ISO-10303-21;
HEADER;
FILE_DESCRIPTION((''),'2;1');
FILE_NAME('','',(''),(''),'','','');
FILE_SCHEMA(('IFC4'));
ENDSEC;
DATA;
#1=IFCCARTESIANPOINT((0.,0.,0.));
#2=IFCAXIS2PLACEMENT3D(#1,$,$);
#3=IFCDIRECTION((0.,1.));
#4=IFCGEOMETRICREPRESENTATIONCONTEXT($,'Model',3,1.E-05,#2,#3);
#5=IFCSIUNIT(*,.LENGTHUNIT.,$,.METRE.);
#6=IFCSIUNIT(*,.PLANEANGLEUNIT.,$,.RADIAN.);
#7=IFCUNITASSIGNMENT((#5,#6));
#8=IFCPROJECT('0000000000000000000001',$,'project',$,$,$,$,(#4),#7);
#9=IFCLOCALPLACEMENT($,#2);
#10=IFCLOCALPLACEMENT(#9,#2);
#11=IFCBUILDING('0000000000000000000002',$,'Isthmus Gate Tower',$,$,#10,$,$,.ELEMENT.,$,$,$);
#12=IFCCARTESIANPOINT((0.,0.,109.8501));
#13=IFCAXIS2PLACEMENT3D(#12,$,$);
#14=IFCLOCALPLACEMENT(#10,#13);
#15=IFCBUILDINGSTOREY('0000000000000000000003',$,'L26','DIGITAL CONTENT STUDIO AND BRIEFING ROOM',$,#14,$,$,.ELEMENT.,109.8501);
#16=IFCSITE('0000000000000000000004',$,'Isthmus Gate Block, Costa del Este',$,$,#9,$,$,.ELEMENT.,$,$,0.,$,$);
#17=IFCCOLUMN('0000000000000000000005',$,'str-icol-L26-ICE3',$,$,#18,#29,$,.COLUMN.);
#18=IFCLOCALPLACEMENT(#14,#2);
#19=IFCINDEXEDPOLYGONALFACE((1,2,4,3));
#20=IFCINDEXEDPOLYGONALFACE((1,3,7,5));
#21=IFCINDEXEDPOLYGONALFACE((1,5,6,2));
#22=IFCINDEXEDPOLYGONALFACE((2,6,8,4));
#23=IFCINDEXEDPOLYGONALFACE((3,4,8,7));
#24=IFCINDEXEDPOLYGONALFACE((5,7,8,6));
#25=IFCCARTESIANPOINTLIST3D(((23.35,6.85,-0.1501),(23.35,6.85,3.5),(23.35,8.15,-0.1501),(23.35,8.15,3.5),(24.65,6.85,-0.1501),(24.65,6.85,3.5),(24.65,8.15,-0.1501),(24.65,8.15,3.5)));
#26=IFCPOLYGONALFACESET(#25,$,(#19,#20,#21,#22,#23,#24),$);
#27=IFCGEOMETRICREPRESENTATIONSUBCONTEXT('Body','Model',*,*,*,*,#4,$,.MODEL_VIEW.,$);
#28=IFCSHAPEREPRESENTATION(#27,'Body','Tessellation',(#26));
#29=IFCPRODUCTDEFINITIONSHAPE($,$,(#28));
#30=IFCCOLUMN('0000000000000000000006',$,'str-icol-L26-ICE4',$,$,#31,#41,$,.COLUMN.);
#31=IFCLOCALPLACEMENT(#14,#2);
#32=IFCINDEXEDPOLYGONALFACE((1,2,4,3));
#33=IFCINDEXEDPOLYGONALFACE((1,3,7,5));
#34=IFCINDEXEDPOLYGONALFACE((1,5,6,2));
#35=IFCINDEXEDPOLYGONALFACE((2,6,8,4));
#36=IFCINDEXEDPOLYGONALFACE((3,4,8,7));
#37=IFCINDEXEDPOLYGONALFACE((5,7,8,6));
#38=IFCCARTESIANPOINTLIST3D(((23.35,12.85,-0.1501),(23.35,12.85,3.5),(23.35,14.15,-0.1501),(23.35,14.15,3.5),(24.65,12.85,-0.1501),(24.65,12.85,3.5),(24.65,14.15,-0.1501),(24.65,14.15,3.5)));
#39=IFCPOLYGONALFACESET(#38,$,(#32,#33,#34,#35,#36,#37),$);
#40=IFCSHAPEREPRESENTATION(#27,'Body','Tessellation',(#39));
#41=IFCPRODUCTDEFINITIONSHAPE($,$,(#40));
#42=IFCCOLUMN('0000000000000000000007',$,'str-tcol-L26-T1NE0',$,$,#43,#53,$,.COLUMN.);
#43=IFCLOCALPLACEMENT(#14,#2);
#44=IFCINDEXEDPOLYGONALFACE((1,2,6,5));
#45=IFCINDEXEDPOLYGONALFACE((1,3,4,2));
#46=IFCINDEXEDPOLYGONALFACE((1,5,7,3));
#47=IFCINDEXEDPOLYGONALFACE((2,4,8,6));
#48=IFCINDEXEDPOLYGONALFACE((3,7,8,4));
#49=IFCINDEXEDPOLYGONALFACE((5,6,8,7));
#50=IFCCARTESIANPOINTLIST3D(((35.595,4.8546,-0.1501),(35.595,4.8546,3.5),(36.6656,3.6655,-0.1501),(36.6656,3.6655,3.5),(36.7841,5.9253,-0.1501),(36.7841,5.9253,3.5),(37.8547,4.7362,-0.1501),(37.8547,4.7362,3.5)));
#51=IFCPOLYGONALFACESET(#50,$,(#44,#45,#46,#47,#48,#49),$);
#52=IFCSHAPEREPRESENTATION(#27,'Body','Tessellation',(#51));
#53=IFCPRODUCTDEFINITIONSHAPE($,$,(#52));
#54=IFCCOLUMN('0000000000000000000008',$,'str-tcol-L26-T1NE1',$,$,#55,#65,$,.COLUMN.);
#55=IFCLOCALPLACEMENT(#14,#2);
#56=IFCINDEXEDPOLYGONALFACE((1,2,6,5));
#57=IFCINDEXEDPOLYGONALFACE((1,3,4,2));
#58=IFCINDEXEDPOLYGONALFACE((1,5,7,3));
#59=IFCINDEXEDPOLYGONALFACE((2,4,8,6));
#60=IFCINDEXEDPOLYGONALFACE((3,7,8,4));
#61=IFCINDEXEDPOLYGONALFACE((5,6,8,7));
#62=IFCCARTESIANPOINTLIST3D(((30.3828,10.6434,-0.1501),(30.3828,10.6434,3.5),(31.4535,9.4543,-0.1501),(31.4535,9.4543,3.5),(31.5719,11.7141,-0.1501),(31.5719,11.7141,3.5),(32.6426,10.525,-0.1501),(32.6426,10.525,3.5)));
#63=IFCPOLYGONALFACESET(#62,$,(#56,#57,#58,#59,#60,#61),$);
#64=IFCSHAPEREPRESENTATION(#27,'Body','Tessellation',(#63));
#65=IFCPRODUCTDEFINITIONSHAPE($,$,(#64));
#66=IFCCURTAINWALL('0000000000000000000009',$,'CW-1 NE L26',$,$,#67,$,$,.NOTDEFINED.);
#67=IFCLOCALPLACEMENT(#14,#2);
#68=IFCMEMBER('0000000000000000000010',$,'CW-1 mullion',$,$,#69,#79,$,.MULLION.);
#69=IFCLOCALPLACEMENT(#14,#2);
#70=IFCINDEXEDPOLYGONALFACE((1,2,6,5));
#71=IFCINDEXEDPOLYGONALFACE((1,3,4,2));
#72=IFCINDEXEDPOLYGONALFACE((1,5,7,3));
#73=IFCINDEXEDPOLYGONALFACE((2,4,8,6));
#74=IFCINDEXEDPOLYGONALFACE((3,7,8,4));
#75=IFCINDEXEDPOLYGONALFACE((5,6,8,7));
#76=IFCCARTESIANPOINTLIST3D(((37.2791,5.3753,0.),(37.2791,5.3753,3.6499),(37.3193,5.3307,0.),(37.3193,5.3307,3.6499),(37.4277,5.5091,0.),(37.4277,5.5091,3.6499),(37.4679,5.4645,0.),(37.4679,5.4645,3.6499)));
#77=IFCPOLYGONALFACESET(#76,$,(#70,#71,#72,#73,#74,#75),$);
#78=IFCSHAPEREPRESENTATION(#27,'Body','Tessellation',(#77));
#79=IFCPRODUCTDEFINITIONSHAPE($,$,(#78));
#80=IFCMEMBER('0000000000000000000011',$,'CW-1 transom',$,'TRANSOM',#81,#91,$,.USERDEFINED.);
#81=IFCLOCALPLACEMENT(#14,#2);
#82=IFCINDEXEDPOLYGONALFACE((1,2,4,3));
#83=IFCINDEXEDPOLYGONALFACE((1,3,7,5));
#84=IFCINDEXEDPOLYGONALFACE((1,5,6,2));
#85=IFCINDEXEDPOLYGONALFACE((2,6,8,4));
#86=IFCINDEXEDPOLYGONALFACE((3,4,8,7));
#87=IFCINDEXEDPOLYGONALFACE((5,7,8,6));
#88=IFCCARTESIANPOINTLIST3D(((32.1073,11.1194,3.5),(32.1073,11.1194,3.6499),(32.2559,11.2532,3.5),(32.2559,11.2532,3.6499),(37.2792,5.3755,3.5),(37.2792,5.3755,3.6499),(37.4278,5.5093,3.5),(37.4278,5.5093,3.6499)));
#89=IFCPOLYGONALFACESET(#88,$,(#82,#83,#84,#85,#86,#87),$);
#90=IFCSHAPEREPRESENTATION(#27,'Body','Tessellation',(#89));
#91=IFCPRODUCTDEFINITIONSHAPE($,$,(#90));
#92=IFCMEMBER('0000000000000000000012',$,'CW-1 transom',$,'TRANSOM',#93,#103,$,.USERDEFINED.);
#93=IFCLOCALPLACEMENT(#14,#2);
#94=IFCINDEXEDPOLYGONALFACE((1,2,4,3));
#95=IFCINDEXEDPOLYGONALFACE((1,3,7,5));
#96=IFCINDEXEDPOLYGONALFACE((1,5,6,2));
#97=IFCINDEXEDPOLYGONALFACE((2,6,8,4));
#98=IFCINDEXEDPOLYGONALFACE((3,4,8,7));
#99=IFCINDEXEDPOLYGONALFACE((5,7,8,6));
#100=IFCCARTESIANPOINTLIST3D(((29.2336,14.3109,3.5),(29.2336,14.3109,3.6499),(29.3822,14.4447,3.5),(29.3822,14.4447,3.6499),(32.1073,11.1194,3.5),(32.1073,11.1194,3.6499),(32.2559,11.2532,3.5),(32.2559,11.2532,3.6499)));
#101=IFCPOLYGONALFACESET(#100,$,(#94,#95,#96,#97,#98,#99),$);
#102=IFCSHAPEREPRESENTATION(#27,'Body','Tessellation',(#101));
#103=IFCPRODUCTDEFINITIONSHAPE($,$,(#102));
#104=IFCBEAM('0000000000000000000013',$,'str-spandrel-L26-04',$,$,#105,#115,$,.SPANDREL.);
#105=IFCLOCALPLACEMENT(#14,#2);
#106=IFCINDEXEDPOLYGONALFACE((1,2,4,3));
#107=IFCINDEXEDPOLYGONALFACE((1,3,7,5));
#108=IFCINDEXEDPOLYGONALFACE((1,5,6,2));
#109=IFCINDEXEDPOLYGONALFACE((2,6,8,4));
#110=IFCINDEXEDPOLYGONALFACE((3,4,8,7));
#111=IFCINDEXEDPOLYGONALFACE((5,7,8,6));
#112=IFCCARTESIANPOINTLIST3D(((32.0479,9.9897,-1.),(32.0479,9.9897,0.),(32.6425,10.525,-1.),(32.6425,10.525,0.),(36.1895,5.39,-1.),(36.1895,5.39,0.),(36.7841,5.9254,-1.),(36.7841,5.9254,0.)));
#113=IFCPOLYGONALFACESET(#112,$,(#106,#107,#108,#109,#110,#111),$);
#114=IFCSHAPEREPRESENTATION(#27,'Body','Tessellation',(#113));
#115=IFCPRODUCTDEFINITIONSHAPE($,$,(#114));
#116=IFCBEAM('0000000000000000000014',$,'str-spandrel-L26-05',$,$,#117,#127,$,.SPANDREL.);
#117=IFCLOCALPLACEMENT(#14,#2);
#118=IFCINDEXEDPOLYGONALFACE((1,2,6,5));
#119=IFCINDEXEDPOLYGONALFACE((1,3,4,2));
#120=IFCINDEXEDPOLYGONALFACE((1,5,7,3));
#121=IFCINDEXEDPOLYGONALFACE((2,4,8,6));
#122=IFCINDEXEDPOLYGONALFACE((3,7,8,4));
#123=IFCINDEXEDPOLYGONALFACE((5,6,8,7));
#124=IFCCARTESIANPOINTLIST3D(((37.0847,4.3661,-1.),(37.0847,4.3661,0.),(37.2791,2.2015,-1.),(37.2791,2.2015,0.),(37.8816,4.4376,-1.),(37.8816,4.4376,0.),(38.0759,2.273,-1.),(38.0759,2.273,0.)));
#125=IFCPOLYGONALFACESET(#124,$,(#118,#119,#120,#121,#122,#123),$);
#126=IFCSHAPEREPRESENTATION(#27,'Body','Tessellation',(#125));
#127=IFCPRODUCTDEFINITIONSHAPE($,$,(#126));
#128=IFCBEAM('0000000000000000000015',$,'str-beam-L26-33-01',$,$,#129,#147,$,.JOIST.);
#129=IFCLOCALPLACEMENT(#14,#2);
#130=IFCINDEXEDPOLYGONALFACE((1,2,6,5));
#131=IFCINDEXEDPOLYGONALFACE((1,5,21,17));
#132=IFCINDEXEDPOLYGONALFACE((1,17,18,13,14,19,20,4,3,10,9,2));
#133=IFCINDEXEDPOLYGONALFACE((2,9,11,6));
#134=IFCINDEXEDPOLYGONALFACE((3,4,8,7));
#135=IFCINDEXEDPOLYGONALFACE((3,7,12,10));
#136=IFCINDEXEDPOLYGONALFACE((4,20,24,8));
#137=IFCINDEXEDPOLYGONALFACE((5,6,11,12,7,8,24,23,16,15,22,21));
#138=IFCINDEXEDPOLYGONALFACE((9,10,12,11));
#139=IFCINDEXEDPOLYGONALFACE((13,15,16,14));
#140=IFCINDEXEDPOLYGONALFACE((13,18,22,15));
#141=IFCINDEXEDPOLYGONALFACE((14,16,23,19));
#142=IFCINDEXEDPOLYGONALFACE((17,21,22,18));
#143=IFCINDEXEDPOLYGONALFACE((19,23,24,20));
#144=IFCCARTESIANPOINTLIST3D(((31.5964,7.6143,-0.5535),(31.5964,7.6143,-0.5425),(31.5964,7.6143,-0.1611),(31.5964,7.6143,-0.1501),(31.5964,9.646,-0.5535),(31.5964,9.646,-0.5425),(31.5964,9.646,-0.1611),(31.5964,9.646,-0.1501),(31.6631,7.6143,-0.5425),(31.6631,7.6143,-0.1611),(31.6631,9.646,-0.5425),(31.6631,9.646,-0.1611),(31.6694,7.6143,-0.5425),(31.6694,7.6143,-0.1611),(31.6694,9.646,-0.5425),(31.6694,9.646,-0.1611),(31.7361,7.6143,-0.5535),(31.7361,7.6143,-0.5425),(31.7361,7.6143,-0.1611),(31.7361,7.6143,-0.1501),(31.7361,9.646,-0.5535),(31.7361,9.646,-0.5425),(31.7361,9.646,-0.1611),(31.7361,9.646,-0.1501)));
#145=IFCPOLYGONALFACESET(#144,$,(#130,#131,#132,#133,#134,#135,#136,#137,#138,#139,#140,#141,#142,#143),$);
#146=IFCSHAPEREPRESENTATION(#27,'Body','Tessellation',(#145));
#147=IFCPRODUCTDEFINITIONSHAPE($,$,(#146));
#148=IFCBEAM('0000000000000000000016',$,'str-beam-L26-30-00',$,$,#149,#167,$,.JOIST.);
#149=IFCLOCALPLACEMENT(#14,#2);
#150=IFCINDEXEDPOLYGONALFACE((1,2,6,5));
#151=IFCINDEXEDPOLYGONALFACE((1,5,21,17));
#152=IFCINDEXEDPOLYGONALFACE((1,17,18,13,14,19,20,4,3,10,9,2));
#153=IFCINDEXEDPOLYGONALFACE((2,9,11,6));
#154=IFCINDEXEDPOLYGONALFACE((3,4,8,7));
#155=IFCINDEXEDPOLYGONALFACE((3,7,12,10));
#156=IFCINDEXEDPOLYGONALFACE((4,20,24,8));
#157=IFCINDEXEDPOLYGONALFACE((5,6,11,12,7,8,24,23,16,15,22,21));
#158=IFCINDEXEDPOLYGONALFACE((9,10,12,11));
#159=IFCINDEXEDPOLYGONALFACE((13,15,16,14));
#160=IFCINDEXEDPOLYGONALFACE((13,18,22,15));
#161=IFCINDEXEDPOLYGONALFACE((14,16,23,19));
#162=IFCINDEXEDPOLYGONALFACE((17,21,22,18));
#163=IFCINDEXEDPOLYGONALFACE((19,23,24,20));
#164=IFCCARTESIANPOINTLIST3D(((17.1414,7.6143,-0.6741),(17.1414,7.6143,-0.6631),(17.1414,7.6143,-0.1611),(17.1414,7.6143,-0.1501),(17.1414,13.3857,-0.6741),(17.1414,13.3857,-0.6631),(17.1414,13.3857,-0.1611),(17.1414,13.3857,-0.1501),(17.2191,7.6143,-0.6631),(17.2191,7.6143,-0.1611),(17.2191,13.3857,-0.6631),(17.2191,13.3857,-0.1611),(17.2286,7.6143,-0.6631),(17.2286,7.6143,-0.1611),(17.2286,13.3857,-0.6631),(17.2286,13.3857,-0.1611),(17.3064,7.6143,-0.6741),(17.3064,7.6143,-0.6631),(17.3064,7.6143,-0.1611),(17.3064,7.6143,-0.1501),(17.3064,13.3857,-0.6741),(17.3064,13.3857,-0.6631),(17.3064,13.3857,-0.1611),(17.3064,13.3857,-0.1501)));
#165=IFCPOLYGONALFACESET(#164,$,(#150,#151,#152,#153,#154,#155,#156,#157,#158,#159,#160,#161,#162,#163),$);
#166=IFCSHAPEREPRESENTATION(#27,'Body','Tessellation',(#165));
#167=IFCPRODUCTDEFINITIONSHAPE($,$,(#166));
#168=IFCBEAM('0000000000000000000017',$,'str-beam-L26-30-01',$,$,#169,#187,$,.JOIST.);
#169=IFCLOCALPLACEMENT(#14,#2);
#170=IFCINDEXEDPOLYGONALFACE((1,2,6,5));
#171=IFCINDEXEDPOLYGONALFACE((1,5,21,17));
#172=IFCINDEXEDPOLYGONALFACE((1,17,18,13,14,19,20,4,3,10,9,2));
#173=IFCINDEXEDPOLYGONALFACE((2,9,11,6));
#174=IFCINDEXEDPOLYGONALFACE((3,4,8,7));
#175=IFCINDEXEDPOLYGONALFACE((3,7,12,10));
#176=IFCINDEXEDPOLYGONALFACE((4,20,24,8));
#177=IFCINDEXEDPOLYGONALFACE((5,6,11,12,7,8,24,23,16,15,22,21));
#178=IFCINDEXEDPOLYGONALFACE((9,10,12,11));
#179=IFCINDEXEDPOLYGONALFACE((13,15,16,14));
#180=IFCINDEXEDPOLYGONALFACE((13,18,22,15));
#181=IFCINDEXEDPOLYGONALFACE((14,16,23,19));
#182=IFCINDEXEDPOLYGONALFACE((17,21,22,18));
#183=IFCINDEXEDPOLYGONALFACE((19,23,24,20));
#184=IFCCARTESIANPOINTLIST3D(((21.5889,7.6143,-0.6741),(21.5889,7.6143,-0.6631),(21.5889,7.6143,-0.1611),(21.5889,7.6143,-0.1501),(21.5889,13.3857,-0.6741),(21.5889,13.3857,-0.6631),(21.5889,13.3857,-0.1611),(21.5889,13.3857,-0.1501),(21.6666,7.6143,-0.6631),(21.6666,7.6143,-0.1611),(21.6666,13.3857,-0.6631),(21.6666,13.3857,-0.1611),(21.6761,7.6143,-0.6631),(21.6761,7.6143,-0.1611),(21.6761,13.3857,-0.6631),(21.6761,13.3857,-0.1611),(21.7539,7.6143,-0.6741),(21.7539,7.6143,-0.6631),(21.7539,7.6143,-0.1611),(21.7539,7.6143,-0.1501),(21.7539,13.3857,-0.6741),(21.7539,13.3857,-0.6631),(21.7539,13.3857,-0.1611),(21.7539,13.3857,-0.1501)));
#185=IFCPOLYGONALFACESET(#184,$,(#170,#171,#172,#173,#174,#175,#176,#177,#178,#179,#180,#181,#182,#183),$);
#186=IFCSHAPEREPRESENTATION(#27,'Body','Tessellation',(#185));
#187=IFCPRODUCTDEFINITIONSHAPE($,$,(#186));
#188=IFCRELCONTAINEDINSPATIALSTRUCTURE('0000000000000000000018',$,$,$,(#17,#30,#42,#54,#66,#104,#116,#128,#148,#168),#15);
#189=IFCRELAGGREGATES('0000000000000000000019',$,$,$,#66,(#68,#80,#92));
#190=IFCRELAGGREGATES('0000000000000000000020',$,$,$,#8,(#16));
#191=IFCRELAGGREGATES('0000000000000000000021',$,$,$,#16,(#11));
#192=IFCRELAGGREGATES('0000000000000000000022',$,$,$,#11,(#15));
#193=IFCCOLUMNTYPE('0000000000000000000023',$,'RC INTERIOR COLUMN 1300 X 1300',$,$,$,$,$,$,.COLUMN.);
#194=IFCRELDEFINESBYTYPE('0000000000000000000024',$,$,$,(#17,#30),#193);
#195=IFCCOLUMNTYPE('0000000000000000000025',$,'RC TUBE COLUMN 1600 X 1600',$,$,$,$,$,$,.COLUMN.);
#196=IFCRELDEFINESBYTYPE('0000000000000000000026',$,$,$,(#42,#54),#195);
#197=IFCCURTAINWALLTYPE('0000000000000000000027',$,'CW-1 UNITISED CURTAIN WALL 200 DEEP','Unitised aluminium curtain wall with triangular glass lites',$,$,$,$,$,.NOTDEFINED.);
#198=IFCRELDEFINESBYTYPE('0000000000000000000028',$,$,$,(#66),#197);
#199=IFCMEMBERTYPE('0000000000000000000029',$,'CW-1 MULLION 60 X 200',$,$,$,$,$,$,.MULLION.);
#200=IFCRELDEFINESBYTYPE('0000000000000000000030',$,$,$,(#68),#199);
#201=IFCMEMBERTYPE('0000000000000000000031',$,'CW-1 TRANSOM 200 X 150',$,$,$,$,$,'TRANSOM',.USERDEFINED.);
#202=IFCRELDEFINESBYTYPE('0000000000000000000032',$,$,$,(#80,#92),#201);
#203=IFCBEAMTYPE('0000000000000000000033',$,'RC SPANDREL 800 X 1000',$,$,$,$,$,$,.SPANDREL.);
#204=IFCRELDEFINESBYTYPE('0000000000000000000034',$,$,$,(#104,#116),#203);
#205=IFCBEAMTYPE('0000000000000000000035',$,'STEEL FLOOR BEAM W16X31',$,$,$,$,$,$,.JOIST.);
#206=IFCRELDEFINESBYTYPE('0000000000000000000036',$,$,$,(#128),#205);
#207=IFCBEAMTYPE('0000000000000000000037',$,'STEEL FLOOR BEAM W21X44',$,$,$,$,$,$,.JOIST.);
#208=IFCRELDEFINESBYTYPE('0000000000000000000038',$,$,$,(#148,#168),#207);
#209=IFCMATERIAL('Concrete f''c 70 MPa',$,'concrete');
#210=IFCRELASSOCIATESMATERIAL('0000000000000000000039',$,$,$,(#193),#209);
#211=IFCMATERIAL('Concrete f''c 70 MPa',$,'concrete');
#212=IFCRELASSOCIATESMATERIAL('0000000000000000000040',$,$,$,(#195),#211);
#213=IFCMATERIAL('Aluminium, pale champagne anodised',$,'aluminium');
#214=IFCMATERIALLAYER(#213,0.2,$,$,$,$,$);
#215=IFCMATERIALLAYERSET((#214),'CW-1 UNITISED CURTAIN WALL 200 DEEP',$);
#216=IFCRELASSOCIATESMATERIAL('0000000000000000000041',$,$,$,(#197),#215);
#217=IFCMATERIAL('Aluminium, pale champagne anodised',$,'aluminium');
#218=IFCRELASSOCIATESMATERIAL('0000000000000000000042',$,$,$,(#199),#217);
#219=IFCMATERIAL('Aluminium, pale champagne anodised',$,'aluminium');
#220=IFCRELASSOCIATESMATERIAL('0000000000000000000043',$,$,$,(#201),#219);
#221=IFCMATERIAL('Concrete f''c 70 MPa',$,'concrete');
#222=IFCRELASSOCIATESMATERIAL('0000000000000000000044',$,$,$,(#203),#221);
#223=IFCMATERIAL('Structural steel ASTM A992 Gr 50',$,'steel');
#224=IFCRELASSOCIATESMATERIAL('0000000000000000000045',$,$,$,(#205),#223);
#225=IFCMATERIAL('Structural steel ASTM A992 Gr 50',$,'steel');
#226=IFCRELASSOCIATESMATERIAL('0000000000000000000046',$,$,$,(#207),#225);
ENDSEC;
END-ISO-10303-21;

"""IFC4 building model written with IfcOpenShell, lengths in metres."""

from ifc_helpers import new_model, si_unit, direction, frame, origin, origin_2d, place, context, subcontext, project, spatial, rectangle, i_section, extrude, material, layer, layer_set, material_profile, profile_set, type_object, element, aggregate, save


model = new_model("IFC4")

# Units and contexts
model_context = context("Model", 3, precision=1e-05, world=origin(), true_north=direction((0.0, 1.0)))
body_context = subcontext(model_context, "Body", "Model", "MODEL_VIEW")
ifc_project = project(units=[si_unit("LENGTHUNIT", "METRE"), si_unit("PLANEANGLEUNIT", "RADIAN")], contexts=[model_context])

# Site, building, storey
site_placement = place(None, origin())
site = spatial("IfcSite", under=ifc_project, at=site_placement, Name="Isthmus Gate Block, Costa del Este", CompositionType="ELEMENT", RefElevation=0.0)
building_placement = place(site_placement, origin())
building = spatial("IfcBuilding", under=site, at=building_placement, Name="Isthmus Gate Tower", CompositionType="ELEMENT")
storey_placement = place(building_placement, frame((0.0, 0.0, 109.8501)))
storey = spatial("IfcBuildingStorey", under=building, at=storey_placement, Name="L26", Description="DIGITAL CONTENT STUDIO AND BRIEFING ROOM", CompositionType="ELEMENT", Elevation=109.8501)

# Columns
ifc_material_1 = material(Name="Concrete f'c 70 MPa", Category="concrete")
ifc_material_profile_1 = material_profile(ifc_material_1, rectangle(XDim=1.3, YDim=1.3, at=origin_2d()), Name="RC 1300X1300")
ifc_profile_set_1 = profile_set([ifc_material_profile_1], Name="Concrete f'c 70 MPa")
column_type_1 = type_object("IfcColumnType", Name="RC INTERIOR COLUMN 1300 X 1300", PredefinedType="COLUMN", material=ifc_profile_set_1)
for number, where, z_axis, x_axis, name in (
    (1, (24.0, 7.5, -0.1501), (0.0, 0.0, 1.0), (1.0, 0.0, 0.0), "str-icol-L26-ICE3"),
    (2, (24.0, 13.5, -0.1501), (0.0, 0.0, 1.0), (1.0, 0.0, 0.0), "str-icol-L26-ICE4"),
):
    element("IfcColumn", number, at=place(storey_placement, frame(where, z_axis=z_axis, x_axis=x_axis)), inside=storey, type_object=column_type_1, Name=name, PredefinedType="COLUMN", context=body_context, shape_type="SweptSolid", body=[
        extrude(rectangle(XDim=1.3, YDim=1.3, at=origin_2d()), origin(), (0.0, 0.0, 1.0), 3.6501),
    ])
ifc_material_2 = material(Name="Concrete f'c 70 MPa", Category="concrete")
ifc_material_profile_2 = material_profile(ifc_material_2, rectangle(XDim=1.6001, YDim=1.6001, at=origin_2d()), Name="RC 1600X1600")
ifc_profile_set_2 = profile_set([ifc_material_profile_2], Name="Concrete f'c 70 MPa")
column_type_2 = type_object("IfcColumnType", Name="RC TUBE COLUMN 1600 X 1600", PredefinedType="COLUMN", material=ifc_profile_set_2)
for number, where, z_axis, x_axis, name in (
    (3, (36.7249, 4.7954, -0.1501), (0.0, 0.0, 1.0), (-0.669131, 0.743145, 0.0), "str-tcol-L26-T1NE0"),
    (4, (31.5127, 10.5842, -0.1501), (0.0, 0.0, 1.0), (-0.669131, 0.743145, 0.0), "str-tcol-L26-T1NE1"),
):
    element("IfcColumn", number, at=place(storey_placement, frame(where, z_axis=z_axis, x_axis=x_axis)), inside=storey, type_object=column_type_2, Name=name, PredefinedType="COLUMN", context=body_context, shape_type="SweptSolid", body=[
        extrude(rectangle(XDim=1.6001, YDim=1.6001, at=origin_2d()), origin(), (0.0, 0.0, 1.0), 3.6501),
    ])

# Curtain wall, members
ifc_material_3 = material(Name="Aluminium, pale champagne anodised", Category="aluminium")
ifc_layer_1 = layer(ifc_material_3, 0.2)
ifc_layer_set_1 = layer_set([ifc_layer_1], Name="CW-1 UNITISED CURTAIN WALL 200 DEEP")
curtain_wall_type = type_object("IfcCurtainWallType", Name="CW-1 UNITISED CURTAIN WALL 200 DEEP", Description="Unitised aluminium curtain wall with triangular glass lites", PredefinedType="NOTDEFINED", material=ifc_layer_set_1)
curtain_wall_placement = place(storey_placement, origin())
curtain_wall = element("IfcCurtainWall", 5, at=curtain_wall_placement, inside=storey, type_object=curtain_wall_type, Name="CW-1 NE L26", PredefinedType="NOTDEFINED")
ifc_material_4 = material(Name="Aluminium, pale champagne anodised", Category="aluminium")
ifc_material_profile_3 = material_profile(ifc_material_4, rectangle(XDim=0.0601, YDim=0.2, at=origin_2d()), Name="60x200")
ifc_profile_set_3 = profile_set([ifc_material_profile_3], Name="Aluminium, pale champagne anodised")
member_type_1 = type_object("IfcMemberType", Name="CW-1 MULLION 60 X 200", PredefinedType="MULLION", material=ifc_profile_set_3)
member_1_placement = place(storey_placement, frame((37.3735, 5.4199, 0.0), z_axis=(0.0, 0.0, 1.0), x_axis=(-0.669131, 0.743145, 0.0)))
member_1 = element("IfcMember", 6, at=member_1_placement, type_object=member_type_1, Name="CW-1 mullion", PredefinedType="MULLION", context=body_context, shape_type="SweptSolid", body=[
    extrude(rectangle(XDim=0.0601, YDim=0.2, at=origin_2d()), origin(), (0.0, 0.0, 1.0), 3.6499),
])
ifc_material_5 = material(Name="Aluminium, pale champagne anodised", Category="aluminium")
ifc_material_profile_4 = material_profile(ifc_material_5, rectangle(XDim=0.2, YDim=0.1499, at=origin_2d()), Name="200x150")
ifc_profile_set_4 = profile_set([ifc_material_profile_4], Name="Aluminium, pale champagne anodised")
member_type_2 = type_object("IfcMemberType", Name="CW-1 TRANSOM 200 X 150", ElementType="TRANSOM", PredefinedType="USERDEFINED", material=ifc_profile_set_4)
member_2_placement = place(storey_placement, frame((37.3535, 5.4424, 3.575), z_axis=(-0.669134, 0.743142, 0.0), x_axis=(-0.743142, -0.669134, 0.0)))
member_2 = element("IfcMember", 7, at=member_2_placement, type_object=member_type_2, Name="CW-1 transom", ObjectType="TRANSOM", PredefinedType="USERDEFINED", context=body_context, shape_type="SweptSolid", body=[
    extrude(rectangle(XDim=0.2, YDim=0.1499, at=origin_2d()), origin(), (0.0, 0.0, 1.0), 7.7292),
])
member_3_placement = place(storey_placement, frame((32.1816, 11.1863, 3.575), z_axis=(-0.669131, 0.743144, 0.0), x_axis=(-0.743144, -0.669131, 0.0)))
member_3 = element("IfcMember", 8, at=member_3_placement, type_object=member_type_2, Name="CW-1 transom", ObjectType="TRANSOM", PredefinedType="USERDEFINED", context=body_context, shape_type="SweptSolid", body=[
    extrude(rectangle(XDim=0.2, YDim=0.1499, at=origin_2d()), origin(), (0.0, 0.0, 1.0), 4.2947),
])

# Beams
ifc_material_6 = material(Name="Concrete f'c 70 MPa", Category="concrete")
ifc_material_profile_5 = material_profile(ifc_material_6, rectangle(XDim=0.8, YDim=1.0, at=origin_2d()), Name="RC 800X1000")
ifc_profile_set_5 = profile_set([ifc_material_profile_5], Name="Concrete f'c 70 MPa")
beam_type_1 = type_object("IfcBeamType", Name="RC SPANDREL 800 X 1000", PredefinedType="SPANDREL", material=ifc_profile_set_5)
beam_1_placement = place(storey_placement, frame((32.3452, 10.2573, -0.5), z_axis=(0.669139, -0.743137, 0.0), x_axis=(0.743137, 0.669139, 0.0)))
element("IfcBeam", 9, at=beam_1_placement, inside=storey, type_object=beam_type_1, Name="str-spandrel-L26-04", PredefinedType="SPANDREL", context=body_context, shape_type="SweptSolid", body=[
    extrude(rectangle(XDim=0.8, YDim=1.0, at=origin_2d()), origin(), (0.0, 0.0, 1.0), 6.1895),
])
beam_2_placement = place(storey_placement, frame((37.4832, 4.4019, -0.5), z_axis=(0.089422, -0.995994, 0.0), x_axis=(0.995994, 0.089422, 0.0)))
element("IfcBeam", 10, at=beam_2_placement, inside=storey, type_object=beam_type_1, Name="str-spandrel-L26-05", PredefinedType="SPANDREL", context=body_context, shape_type="SweptSolid", body=[
    extrude(rectangle(XDim=0.8, YDim=1.0, at=origin_2d()), origin(), (0.0, 0.0, 1.0), 2.1733),
])
ifc_material_7 = material(Name="Structural steel ASTM A992 Gr 50", Category="steel")
ifc_material_profile_6 = material_profile(ifc_material_7, i_section(OverallWidth=0.1396, OverallDepth=0.4033, WebThickness=0.0063, FlangeThickness=0.011, at=origin_2d()), Name="W16X31")
ifc_profile_set_6 = profile_set([ifc_material_profile_6], Name="Structural steel ASTM A992 Gr 50")
beam_type_2 = type_object("IfcBeamType", Name="STEEL FLOOR BEAM W16X31", PredefinedType="JOIST", material=ifc_profile_set_6)
beam_3_placement = place(storey_placement, frame((31.6663, 7.6143, -0.3518), z_axis=(0.0, 1.0, 0.0), x_axis=(-1.0, 0.0, 0.0)))
element("IfcBeam", 11, at=beam_3_placement, inside=storey, type_object=beam_type_2, Name="str-beam-L26-33-01", PredefinedType="JOIST", context=body_context, shape_type="SweptSolid", body=[
    extrude(i_section(OverallWidth=0.1396, OverallDepth=0.4033, WebThickness=0.0063, FlangeThickness=0.011, at=origin_2d()), origin(), (0.0, 0.0, 1.0), 2.0317),
])
ifc_material_8 = material(Name="Structural steel ASTM A992 Gr 50", Category="steel")
ifc_material_profile_7 = material_profile(ifc_material_8, i_section(OverallWidth=0.165, OverallDepth=0.5239, WebThickness=0.0095, FlangeThickness=0.011, at=origin_2d()), Name="W21X44")
ifc_profile_set_7 = profile_set([ifc_material_profile_7], Name="Structural steel ASTM A992 Gr 50")
beam_type_3 = type_object("IfcBeamType", Name="STEEL FLOOR BEAM W21X44", PredefinedType="JOIST", material=ifc_profile_set_7)
for number, where, z_axis, x_axis, name in (
    (12, (17.2239, 7.6143, -0.4121), (0.0, 1.0, 0.0), (-1.0, 0.0, 0.0), "str-beam-L26-30-00"),
    (13, (21.6714, 7.6143, -0.4121), (0.0, 1.0, 0.0), (-1.0, 0.0, 0.0), "str-beam-L26-30-01"),
):
    element("IfcBeam", number, at=place(storey_placement, frame(where, z_axis=z_axis, x_axis=x_axis)), inside=storey, type_object=beam_type_3, Name=name, PredefinedType="JOIST", context=body_context, shape_type="SweptSolid", body=[
        extrude(i_section(OverallWidth=0.165, OverallDepth=0.5239, WebThickness=0.0095, FlangeThickness=0.011, at=origin_2d()), origin(), (0.0, 0.0, 1.0), 5.7715),
    ])

aggregate(curtain_wall, [member_1, member_2, member_3])

save(model, "model.ifc")
